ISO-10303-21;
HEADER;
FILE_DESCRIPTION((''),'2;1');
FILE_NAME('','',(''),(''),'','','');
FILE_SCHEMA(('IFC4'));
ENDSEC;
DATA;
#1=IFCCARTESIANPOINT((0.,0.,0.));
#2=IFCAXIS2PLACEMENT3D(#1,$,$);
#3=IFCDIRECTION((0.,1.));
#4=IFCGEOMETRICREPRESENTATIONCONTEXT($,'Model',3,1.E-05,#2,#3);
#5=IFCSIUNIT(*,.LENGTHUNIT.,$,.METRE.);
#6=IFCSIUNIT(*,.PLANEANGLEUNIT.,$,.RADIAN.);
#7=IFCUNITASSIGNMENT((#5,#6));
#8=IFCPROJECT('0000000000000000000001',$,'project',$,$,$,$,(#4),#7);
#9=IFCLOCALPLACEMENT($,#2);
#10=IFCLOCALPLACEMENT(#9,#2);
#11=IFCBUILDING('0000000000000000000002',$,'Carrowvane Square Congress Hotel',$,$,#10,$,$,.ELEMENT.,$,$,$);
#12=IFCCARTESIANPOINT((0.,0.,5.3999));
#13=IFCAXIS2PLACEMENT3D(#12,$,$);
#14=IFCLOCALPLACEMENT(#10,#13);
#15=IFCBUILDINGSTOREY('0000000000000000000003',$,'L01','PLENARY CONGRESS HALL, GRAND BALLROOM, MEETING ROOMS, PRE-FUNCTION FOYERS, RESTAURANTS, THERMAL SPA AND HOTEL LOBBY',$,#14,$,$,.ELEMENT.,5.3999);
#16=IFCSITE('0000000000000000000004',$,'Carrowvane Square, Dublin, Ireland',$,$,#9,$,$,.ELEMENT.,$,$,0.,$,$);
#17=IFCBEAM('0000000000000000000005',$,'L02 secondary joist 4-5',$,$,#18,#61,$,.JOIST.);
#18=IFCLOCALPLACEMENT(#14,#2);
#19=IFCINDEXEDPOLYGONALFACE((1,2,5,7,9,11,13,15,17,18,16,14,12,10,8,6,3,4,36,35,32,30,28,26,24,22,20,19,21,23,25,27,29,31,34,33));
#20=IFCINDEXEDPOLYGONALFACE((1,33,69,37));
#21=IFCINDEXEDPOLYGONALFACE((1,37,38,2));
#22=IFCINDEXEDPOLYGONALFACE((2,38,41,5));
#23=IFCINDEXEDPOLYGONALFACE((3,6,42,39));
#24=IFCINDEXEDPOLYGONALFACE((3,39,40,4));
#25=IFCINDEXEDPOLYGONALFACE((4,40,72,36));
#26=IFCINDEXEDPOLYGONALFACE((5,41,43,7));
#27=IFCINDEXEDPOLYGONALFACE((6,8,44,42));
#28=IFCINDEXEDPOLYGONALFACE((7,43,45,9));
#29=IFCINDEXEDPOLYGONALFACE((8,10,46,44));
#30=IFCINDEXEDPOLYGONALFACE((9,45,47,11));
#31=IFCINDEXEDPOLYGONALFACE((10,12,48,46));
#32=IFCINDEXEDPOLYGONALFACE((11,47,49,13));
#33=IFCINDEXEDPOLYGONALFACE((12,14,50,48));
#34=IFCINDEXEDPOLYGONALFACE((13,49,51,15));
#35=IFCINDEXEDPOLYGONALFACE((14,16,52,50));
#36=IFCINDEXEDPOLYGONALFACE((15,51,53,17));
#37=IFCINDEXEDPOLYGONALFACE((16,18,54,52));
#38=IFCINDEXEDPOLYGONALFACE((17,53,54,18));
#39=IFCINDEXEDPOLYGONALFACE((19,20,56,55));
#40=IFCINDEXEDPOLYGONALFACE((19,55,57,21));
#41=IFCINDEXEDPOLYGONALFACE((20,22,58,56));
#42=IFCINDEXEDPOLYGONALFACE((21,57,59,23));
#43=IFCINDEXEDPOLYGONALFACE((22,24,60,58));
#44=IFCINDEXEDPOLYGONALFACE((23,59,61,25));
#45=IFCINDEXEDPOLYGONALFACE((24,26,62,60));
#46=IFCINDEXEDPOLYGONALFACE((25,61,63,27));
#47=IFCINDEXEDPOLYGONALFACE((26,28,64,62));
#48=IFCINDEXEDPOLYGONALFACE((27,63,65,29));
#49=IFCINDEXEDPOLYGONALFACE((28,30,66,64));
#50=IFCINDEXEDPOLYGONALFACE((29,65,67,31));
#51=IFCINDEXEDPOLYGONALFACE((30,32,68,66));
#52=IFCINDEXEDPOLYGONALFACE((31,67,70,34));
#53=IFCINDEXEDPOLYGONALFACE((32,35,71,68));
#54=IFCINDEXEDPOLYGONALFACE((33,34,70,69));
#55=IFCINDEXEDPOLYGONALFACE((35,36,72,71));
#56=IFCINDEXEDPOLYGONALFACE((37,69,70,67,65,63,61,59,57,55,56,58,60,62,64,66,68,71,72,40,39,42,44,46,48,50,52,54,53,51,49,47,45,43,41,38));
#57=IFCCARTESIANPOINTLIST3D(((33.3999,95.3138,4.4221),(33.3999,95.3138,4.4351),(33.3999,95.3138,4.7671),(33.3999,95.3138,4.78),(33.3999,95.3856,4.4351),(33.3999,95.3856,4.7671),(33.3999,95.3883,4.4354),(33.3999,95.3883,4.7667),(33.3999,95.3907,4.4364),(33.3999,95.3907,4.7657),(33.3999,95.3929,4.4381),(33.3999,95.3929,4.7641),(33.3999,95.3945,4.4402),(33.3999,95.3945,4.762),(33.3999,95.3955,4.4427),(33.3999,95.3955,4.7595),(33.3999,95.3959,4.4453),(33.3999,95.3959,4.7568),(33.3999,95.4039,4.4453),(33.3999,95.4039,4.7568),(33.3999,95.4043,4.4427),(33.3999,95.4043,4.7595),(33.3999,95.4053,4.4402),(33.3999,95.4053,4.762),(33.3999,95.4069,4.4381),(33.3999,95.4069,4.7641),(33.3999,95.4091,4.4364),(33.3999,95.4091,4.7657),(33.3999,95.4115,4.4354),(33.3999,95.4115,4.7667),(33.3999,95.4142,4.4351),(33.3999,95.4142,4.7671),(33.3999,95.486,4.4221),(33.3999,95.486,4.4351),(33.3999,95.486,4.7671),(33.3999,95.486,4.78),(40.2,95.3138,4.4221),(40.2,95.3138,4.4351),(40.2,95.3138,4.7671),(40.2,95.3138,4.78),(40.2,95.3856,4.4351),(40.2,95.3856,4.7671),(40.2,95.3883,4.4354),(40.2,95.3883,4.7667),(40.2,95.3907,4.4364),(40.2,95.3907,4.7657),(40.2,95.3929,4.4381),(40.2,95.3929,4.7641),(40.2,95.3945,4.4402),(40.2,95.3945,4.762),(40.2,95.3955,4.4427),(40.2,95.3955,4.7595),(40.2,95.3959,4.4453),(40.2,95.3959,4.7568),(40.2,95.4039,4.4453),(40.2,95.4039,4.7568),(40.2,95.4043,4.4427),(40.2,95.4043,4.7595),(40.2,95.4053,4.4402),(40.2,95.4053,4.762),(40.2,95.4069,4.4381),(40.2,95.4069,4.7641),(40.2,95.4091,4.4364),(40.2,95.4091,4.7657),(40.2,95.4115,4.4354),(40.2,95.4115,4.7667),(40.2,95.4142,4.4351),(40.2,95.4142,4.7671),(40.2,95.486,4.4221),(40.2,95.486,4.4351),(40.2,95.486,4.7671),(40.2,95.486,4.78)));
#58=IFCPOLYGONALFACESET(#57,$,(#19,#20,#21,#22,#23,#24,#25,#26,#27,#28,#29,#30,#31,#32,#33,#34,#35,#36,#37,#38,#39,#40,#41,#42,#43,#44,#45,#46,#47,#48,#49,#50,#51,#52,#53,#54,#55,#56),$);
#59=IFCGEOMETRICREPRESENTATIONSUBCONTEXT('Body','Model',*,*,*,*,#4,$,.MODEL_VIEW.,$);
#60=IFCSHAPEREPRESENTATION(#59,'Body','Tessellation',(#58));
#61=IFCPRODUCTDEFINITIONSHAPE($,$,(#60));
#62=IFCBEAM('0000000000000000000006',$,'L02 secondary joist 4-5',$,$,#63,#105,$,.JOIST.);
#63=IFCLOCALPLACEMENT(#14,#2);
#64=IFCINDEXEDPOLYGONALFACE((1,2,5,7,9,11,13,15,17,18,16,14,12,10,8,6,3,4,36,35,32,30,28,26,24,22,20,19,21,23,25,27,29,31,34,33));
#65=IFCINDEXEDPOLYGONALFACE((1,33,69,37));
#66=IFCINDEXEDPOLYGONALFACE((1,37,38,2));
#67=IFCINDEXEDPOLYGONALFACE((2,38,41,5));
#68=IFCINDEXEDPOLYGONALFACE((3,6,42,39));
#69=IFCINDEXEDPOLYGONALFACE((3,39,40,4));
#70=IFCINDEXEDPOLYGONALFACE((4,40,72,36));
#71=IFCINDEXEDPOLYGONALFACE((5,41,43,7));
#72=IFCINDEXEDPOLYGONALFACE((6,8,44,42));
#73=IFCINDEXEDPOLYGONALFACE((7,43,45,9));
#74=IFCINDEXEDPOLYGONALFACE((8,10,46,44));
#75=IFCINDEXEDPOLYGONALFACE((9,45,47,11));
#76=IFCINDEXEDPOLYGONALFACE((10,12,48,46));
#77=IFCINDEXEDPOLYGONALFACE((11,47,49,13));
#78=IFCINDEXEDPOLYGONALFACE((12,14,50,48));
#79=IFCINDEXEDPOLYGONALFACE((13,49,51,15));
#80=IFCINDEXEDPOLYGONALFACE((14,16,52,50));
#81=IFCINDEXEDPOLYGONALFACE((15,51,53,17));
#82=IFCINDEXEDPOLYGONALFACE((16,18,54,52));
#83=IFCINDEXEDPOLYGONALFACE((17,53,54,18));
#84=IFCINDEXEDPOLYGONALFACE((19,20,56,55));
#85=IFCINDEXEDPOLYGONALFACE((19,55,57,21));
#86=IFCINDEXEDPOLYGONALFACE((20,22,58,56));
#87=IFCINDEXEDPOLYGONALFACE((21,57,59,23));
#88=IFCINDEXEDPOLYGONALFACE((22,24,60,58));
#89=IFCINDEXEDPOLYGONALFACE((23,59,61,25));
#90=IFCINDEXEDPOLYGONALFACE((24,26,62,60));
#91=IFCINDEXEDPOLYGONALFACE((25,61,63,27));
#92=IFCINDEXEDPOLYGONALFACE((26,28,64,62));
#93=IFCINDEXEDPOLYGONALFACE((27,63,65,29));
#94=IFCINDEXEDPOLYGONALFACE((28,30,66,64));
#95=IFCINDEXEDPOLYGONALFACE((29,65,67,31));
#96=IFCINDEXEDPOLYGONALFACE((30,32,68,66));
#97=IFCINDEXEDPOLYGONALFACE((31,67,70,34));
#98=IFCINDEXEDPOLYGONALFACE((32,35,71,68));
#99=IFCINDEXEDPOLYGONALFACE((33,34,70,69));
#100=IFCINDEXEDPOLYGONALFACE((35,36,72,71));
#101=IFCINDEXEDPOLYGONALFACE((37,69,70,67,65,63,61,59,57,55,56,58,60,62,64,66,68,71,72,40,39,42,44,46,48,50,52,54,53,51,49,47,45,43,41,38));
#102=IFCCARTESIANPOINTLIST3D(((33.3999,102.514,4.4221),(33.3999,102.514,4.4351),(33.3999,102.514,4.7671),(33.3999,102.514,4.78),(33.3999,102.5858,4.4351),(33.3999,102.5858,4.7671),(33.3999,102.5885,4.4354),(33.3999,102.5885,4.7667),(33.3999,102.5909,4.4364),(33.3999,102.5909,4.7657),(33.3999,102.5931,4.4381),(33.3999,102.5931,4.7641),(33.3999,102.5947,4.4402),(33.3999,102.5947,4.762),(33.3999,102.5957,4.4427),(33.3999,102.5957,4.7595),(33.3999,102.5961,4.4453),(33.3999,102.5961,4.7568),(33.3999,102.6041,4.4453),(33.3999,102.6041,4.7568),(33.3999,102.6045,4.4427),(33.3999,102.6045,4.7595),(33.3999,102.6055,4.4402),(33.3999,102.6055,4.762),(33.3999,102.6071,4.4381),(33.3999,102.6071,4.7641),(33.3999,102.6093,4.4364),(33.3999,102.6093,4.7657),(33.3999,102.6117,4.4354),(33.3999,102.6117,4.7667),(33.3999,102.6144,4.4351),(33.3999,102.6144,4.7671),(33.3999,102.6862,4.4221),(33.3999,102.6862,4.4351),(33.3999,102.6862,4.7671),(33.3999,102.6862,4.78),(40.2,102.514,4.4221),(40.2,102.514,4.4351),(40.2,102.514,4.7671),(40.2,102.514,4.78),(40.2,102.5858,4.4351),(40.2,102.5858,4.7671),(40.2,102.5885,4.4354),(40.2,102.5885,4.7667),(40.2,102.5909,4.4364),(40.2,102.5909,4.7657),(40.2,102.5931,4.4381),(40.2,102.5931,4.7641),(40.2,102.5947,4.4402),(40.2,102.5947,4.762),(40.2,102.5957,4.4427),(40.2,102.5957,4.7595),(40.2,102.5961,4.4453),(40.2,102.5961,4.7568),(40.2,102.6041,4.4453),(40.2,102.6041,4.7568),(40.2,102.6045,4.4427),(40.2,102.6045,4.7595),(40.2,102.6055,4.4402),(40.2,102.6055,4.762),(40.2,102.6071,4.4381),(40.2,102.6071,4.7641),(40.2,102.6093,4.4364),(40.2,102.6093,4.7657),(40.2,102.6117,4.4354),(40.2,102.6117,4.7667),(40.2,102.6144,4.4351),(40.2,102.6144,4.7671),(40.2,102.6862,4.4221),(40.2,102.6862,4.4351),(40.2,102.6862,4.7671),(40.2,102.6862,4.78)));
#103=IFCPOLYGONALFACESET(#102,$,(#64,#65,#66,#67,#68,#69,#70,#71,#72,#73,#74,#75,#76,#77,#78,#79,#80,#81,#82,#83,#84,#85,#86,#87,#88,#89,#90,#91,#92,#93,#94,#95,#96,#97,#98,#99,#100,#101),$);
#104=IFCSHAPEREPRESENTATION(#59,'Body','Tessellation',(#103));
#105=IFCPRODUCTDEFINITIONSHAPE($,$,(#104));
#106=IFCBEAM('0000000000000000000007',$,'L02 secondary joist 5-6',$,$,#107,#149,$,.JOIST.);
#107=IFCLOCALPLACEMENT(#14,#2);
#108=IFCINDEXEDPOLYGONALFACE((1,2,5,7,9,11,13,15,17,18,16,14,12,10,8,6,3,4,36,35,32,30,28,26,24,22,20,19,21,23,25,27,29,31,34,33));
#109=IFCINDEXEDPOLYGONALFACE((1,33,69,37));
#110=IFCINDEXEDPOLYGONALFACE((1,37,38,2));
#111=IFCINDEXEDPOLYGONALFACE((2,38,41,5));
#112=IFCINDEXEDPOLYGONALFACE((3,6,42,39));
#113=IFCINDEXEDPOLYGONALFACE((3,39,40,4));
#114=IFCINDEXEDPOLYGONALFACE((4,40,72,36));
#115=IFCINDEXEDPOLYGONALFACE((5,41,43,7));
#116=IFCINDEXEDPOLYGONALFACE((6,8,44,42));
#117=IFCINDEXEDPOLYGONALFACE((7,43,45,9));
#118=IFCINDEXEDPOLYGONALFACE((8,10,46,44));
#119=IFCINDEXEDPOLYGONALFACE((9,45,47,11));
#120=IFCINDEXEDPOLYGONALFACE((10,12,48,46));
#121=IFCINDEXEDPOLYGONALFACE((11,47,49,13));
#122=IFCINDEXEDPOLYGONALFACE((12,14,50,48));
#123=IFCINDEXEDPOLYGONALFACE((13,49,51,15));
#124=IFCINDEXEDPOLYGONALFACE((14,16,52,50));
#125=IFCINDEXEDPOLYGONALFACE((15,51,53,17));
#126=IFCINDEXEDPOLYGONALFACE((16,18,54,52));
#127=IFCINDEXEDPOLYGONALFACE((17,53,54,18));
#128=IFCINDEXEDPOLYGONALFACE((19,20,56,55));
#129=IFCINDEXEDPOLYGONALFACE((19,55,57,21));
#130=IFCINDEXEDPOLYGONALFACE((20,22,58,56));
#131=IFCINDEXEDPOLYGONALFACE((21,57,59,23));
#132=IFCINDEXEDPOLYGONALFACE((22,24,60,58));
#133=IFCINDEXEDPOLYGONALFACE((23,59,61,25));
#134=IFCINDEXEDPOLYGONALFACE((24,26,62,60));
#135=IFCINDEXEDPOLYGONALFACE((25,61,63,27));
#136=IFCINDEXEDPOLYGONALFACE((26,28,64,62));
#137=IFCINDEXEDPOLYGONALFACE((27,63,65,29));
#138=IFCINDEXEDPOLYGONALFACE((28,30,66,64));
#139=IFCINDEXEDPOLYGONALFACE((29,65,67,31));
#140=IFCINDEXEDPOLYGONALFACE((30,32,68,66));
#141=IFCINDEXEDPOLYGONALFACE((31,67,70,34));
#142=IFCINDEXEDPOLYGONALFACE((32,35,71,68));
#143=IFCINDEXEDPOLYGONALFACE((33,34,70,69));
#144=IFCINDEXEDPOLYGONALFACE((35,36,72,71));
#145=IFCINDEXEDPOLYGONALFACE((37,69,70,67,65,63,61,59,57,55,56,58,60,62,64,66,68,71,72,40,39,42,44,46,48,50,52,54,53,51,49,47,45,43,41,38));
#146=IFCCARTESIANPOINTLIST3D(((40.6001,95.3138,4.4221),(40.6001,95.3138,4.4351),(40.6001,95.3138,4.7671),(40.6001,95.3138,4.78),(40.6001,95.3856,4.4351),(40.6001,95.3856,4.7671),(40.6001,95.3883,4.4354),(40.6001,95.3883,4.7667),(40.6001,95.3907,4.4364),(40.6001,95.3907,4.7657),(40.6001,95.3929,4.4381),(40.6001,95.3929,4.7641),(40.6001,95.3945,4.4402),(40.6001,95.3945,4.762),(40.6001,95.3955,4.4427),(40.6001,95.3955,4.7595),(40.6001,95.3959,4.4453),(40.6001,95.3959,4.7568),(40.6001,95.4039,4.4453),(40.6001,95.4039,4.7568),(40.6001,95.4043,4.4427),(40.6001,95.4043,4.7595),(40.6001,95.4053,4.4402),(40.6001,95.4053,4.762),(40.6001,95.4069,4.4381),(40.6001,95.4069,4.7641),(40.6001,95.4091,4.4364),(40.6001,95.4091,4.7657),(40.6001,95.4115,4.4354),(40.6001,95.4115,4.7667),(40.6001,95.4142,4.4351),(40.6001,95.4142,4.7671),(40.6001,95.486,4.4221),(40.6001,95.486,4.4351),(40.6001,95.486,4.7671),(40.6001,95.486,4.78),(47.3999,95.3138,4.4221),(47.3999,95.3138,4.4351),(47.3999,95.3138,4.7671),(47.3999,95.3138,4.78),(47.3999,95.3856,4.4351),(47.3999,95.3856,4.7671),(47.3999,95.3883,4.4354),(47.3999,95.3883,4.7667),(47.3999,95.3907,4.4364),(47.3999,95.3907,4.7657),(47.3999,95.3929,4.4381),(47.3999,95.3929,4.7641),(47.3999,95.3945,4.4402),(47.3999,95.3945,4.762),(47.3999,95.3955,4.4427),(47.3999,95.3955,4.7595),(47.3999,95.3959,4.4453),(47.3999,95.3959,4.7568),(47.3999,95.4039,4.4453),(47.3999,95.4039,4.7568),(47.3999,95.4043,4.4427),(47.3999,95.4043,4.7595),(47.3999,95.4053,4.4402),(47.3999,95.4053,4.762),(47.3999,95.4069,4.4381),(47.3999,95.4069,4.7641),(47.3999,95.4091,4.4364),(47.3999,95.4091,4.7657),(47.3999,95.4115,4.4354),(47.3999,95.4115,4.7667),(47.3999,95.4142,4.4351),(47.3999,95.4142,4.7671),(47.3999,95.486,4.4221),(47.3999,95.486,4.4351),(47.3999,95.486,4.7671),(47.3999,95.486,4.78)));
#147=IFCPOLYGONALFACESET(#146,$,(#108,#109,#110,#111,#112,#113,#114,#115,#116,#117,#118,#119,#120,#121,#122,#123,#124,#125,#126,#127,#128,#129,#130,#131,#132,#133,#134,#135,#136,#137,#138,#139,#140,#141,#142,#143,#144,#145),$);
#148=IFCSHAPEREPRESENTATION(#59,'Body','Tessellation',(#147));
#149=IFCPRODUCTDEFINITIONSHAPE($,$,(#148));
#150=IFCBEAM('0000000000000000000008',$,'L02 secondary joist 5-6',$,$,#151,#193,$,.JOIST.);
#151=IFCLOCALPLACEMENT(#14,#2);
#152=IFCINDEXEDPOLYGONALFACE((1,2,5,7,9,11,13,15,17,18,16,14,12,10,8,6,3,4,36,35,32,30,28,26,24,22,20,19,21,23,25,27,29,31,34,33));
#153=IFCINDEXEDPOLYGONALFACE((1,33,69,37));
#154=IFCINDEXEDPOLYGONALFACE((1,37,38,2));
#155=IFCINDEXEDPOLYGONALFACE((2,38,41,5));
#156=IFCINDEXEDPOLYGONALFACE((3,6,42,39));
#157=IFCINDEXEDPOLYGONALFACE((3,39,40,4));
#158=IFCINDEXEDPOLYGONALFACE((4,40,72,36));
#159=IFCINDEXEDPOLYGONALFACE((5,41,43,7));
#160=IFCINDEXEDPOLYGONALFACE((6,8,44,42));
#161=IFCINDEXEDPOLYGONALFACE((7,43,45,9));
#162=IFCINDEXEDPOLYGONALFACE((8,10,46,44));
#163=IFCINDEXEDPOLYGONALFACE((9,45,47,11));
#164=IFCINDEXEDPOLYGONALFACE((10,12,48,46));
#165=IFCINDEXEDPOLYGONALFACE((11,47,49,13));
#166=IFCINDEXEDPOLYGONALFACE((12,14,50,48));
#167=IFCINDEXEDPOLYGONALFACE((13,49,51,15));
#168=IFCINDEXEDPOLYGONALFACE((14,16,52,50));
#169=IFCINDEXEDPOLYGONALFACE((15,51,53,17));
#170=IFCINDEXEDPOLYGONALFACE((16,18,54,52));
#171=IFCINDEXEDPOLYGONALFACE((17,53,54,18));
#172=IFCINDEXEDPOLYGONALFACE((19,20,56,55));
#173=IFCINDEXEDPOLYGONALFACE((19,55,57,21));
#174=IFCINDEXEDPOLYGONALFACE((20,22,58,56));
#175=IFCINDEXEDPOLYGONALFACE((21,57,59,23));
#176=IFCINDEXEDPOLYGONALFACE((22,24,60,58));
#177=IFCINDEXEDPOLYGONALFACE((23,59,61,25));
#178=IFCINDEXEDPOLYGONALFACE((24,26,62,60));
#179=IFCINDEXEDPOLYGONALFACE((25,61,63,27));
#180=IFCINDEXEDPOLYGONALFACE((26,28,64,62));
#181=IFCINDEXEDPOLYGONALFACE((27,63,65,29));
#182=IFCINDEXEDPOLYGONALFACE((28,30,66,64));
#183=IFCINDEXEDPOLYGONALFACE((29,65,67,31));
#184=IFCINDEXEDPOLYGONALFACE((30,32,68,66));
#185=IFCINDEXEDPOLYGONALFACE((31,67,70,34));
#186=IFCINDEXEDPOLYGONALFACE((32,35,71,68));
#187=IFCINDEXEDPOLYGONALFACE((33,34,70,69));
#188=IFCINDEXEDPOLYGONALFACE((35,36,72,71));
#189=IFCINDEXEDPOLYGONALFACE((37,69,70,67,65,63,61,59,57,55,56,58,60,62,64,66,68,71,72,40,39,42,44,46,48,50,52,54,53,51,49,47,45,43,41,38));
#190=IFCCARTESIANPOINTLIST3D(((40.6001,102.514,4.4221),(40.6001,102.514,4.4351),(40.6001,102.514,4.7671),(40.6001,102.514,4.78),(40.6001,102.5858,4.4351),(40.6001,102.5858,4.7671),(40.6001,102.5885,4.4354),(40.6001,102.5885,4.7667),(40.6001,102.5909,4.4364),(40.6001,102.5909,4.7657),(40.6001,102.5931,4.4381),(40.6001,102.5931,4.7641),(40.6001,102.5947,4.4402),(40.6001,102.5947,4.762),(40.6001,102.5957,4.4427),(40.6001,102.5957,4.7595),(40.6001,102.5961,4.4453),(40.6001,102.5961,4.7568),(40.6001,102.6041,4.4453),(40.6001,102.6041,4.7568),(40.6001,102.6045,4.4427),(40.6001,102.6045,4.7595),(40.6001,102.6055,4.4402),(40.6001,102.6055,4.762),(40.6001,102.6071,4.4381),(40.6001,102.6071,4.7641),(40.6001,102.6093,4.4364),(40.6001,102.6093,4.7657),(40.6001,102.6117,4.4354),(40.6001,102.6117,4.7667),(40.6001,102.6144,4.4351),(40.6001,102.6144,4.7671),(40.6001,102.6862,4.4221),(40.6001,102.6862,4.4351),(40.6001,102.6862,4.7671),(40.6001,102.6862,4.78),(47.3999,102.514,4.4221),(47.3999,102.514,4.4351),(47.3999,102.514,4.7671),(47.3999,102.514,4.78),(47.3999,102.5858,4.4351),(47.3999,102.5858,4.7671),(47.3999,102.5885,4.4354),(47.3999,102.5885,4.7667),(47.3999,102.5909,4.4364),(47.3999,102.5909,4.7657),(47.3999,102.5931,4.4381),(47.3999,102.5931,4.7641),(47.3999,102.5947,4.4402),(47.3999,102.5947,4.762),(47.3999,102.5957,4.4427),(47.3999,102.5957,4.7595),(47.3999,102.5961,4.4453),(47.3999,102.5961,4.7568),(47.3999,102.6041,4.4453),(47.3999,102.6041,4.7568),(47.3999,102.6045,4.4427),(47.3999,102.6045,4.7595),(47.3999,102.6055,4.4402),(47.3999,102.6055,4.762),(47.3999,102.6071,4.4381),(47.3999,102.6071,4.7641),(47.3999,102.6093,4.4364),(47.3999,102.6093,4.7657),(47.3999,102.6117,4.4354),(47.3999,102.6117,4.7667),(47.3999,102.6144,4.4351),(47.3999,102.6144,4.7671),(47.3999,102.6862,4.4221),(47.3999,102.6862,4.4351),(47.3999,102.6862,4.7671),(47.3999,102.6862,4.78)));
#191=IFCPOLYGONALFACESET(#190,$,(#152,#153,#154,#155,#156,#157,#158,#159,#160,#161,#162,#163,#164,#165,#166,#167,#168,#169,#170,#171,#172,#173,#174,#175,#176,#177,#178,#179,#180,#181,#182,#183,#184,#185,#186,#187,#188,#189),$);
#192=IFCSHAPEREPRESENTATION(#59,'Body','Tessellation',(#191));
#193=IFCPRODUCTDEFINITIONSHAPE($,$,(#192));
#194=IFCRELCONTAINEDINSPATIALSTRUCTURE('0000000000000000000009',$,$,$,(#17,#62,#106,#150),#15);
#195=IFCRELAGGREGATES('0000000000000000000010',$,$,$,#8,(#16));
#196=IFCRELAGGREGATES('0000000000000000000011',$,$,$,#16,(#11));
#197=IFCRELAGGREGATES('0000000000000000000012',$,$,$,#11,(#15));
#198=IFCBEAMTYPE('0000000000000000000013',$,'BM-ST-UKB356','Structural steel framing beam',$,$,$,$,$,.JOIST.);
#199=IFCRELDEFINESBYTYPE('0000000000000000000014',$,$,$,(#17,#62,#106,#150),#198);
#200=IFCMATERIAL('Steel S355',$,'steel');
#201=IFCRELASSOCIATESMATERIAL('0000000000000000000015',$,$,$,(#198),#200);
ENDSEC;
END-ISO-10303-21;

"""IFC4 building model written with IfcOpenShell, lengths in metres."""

from ifc_helpers import new_model, si_unit, direction, frame, origin, origin_2d, place, context, subcontext, project, spatial, i_section, extrude, material, material_profile, profile_set, type_object, element, save


model = new_model("IFC4")

# Units and contexts
model_context = context("Model", 3, precision=1e-05, world=origin(), true_north=direction((0.0, 1.0)))
body_context = subcontext(model_context, "Body", "Model", "MODEL_VIEW")
ifc_project = project(units=[si_unit("LENGTHUNIT", "METRE"), si_unit("PLANEANGLEUNIT", "RADIAN")], contexts=[model_context])

# Site, building, storey
site_placement = place(None, origin())
site = spatial("IfcSite", under=ifc_project, at=site_placement, Name="Carrowvane Square, Dublin, Ireland", CompositionType="ELEMENT", RefElevation=0.0)
building_placement = place(site_placement, origin())
building = spatial("IfcBuilding", under=site, at=building_placement, Name="Carrowvane Square Congress Hotel", CompositionType="ELEMENT")
storey_placement = place(building_placement, frame((0.0, 0.0, 5.3999)))
storey = spatial("IfcBuildingStorey", under=building, at=storey_placement, Name="L01", Description="PLENARY CONGRESS HALL, GRAND BALLROOM, MEETING ROOMS, PRE-FUNCTION FOYERS, RESTAURANTS, THERMAL SPA AND HOTEL LOBBY", CompositionType="ELEMENT", Elevation=5.3999)

# Beams
ifc_material_1 = material(Name="Steel S355", Category="steel")
ifc_material_profile_1 = material_profile(ifc_material_1, i_section(OverallWidth=0.1721, OverallDepth=0.3579, WebThickness=0.0081, FlangeThickness=0.0129, FilletRadius=0.0103, at=origin_2d()), Name="UKB 356x171x57")
ifc_profile_set_1 = profile_set([ifc_material_profile_1], Name="Steel S355")
beam_type_1 = type_object("IfcBeamType", Name="BM-ST-UKB356", Description="Structural steel framing beam", PredefinedType="JOIST", material=ifc_profile_set_1)
for number, where, z_axis, x_axis, name in (
    (1, (33.3999, 95.3999, 4.6011), (1.0, 0.0, 0.0), (0.0, 1.0, 0.0), "L02 secondary joist 4-5"),
    (2, (33.3999, 102.6001, 4.6011), (1.0, 0.0, 0.0), (0.0, 1.0, 0.0), "L02 secondary joist 4-5"),
):
    element("IfcBeam", number, at=place(storey_placement, frame(where, z_axis=z_axis, x_axis=x_axis)), inside=storey, type_object=beam_type_1, Name=name, PredefinedType="JOIST", context=body_context, shape_type="SweptSolid", body=[
        extrude(i_section(OverallWidth=0.1721, OverallDepth=0.3579, WebThickness=0.0081, FlangeThickness=0.0129, FilletRadius=0.0103, at=origin_2d()), origin(), (0.0, 0.0, 1.0), 6.8),
    ])
for number, where, z_axis, x_axis, name in (
    (3, (40.6001, 95.3999, 4.6011), (1.0, 0.0, 0.0), (0.0, 1.0, 0.0), "L02 secondary joist 5-6"),
    (4, (40.6001, 102.6001, 4.6011), (1.0, 0.0, 0.0), (0.0, 1.0, 0.0), "L02 secondary joist 5-6"),
):
    element("IfcBeam", number, at=place(storey_placement, frame(where, z_axis=z_axis, x_axis=x_axis)), inside=storey, type_object=beam_type_1, Name=name, PredefinedType="JOIST", context=body_context, shape_type="SweptSolid", body=[
        extrude(i_section(OverallWidth=0.1721, OverallDepth=0.3579, WebThickness=0.0081, FlangeThickness=0.0129, FilletRadius=0.0103, at=origin_2d()), origin(), (0.0, 0.0, 1.0), 6.7998),
    ])

save(model, "model.ifc")
